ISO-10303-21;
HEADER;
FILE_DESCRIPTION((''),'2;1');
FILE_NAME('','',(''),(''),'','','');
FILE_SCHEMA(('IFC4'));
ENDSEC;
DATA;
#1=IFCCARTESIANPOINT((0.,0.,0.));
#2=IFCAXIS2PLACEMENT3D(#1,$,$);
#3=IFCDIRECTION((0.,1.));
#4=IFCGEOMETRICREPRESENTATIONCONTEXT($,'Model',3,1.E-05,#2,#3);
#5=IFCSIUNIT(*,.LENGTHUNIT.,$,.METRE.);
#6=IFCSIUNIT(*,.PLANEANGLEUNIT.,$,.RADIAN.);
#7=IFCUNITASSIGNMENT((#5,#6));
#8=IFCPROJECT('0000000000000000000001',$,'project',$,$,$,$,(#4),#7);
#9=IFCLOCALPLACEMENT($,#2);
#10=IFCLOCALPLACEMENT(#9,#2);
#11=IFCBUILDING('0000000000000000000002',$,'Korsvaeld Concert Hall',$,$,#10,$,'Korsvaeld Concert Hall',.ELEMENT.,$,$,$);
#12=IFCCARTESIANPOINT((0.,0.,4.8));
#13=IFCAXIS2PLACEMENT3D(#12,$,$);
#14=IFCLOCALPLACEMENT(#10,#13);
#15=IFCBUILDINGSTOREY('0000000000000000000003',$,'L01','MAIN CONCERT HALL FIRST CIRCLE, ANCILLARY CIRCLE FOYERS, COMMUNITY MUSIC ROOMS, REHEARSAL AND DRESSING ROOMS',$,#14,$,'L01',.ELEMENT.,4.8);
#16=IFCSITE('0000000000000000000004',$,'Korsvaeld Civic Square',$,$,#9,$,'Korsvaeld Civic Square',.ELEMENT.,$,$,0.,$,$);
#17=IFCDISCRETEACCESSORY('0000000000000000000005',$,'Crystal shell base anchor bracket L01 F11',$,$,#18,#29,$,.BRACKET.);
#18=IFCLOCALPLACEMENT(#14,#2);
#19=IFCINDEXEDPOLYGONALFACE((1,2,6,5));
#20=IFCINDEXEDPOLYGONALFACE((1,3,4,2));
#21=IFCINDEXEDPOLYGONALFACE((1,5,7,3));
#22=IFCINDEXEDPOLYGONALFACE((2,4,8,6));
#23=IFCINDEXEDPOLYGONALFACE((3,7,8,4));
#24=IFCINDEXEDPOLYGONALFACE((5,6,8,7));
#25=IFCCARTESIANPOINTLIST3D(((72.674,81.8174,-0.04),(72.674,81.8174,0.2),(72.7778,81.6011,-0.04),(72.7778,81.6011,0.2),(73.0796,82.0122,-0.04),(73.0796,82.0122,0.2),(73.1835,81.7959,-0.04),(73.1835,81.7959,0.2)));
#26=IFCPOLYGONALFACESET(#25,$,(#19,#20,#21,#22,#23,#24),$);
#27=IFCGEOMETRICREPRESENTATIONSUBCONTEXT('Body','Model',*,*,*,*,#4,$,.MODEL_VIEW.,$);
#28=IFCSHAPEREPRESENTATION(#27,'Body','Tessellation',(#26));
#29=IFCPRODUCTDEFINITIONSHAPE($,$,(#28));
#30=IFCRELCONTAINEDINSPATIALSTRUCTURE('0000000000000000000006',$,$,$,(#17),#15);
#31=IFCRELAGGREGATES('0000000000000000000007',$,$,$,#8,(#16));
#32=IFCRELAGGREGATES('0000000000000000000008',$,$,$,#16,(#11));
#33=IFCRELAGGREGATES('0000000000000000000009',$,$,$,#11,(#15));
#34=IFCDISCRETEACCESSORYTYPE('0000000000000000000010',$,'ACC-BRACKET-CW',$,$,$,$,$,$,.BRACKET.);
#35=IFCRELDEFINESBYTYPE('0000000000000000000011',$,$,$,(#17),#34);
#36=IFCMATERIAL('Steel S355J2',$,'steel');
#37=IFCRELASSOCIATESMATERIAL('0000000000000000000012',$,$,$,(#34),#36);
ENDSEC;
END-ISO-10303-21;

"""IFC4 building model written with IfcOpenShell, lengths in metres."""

from ifc_helpers import new_model, si_unit, direction, frame, origin, origin_2d, place, context, subcontext, project, spatial, rectangle, extrude, material, type_object, element, save


model = new_model("IFC4")

# Units and contexts
model_context = context("Model", 3, precision=1e-05, world=origin(), true_north=direction((0.0, 1.0)))
body_context = subcontext(model_context, "Body", "Model", "MODEL_VIEW")
ifc_project = project(units=[si_unit("LENGTHUNIT", "METRE"), si_unit("PLANEANGLEUNIT", "RADIAN")], contexts=[model_context])

# Site, building, storey
site_placement = place(None, origin())
site = spatial("IfcSite", under=ifc_project, at=site_placement, Name="Korsvaeld Civic Square", LongName="Korsvaeld Civic Square", CompositionType="ELEMENT", RefElevation=0.0)
building_placement = place(site_placement, origin())
building = spatial("IfcBuilding", under=site, at=building_placement, Name="Korsvaeld Concert Hall", LongName="Korsvaeld Concert Hall", CompositionType="ELEMENT")
storey_placement = place(building_placement, frame((0.0, 0.0, 4.8)))
storey = spatial("IfcBuildingStorey", under=building, at=storey_placement, Name="L01", Description="MAIN CONCERT HALL FIRST CIRCLE, ANCILLARY CIRCLE FOYERS, COMMUNITY MUSIC ROOMS, REHEARSAL AND DRESSING ROOMS", LongName="L01", CompositionType="ELEMENT", Elevation=4.8)

# Shared definitions
ifc_material_1 = material(Name="Steel S355J2", Category="steel")

# Discrete accessory
discrete_accessory_type = type_object("IfcDiscreteAccessoryType", Name="ACC-BRACKET-CW", PredefinedType="BRACKET", material=ifc_material_1)
discrete_accessory_placement = place(storey_placement, frame((72.9287, 81.8066, -0.04), z_axis=(0.0, 0.0, 1.0), x_axis=(-0.901455, -0.432873, 0.0)))
element("IfcDiscreteAccessory", 1, at=discrete_accessory_placement, inside=storey, type_object=discrete_accessory_type, Name="Crystal shell base anchor bracket L01 F11", PredefinedType="BRACKET", context=body_context, shape_type="SweptSolid", body=[
    extrude(rectangle(XDim=0.45, YDim=0.24, at=origin_2d()), origin(), (0.0, 0.0, 1.0), 0.24),
])

save(model, "model.ifc")
